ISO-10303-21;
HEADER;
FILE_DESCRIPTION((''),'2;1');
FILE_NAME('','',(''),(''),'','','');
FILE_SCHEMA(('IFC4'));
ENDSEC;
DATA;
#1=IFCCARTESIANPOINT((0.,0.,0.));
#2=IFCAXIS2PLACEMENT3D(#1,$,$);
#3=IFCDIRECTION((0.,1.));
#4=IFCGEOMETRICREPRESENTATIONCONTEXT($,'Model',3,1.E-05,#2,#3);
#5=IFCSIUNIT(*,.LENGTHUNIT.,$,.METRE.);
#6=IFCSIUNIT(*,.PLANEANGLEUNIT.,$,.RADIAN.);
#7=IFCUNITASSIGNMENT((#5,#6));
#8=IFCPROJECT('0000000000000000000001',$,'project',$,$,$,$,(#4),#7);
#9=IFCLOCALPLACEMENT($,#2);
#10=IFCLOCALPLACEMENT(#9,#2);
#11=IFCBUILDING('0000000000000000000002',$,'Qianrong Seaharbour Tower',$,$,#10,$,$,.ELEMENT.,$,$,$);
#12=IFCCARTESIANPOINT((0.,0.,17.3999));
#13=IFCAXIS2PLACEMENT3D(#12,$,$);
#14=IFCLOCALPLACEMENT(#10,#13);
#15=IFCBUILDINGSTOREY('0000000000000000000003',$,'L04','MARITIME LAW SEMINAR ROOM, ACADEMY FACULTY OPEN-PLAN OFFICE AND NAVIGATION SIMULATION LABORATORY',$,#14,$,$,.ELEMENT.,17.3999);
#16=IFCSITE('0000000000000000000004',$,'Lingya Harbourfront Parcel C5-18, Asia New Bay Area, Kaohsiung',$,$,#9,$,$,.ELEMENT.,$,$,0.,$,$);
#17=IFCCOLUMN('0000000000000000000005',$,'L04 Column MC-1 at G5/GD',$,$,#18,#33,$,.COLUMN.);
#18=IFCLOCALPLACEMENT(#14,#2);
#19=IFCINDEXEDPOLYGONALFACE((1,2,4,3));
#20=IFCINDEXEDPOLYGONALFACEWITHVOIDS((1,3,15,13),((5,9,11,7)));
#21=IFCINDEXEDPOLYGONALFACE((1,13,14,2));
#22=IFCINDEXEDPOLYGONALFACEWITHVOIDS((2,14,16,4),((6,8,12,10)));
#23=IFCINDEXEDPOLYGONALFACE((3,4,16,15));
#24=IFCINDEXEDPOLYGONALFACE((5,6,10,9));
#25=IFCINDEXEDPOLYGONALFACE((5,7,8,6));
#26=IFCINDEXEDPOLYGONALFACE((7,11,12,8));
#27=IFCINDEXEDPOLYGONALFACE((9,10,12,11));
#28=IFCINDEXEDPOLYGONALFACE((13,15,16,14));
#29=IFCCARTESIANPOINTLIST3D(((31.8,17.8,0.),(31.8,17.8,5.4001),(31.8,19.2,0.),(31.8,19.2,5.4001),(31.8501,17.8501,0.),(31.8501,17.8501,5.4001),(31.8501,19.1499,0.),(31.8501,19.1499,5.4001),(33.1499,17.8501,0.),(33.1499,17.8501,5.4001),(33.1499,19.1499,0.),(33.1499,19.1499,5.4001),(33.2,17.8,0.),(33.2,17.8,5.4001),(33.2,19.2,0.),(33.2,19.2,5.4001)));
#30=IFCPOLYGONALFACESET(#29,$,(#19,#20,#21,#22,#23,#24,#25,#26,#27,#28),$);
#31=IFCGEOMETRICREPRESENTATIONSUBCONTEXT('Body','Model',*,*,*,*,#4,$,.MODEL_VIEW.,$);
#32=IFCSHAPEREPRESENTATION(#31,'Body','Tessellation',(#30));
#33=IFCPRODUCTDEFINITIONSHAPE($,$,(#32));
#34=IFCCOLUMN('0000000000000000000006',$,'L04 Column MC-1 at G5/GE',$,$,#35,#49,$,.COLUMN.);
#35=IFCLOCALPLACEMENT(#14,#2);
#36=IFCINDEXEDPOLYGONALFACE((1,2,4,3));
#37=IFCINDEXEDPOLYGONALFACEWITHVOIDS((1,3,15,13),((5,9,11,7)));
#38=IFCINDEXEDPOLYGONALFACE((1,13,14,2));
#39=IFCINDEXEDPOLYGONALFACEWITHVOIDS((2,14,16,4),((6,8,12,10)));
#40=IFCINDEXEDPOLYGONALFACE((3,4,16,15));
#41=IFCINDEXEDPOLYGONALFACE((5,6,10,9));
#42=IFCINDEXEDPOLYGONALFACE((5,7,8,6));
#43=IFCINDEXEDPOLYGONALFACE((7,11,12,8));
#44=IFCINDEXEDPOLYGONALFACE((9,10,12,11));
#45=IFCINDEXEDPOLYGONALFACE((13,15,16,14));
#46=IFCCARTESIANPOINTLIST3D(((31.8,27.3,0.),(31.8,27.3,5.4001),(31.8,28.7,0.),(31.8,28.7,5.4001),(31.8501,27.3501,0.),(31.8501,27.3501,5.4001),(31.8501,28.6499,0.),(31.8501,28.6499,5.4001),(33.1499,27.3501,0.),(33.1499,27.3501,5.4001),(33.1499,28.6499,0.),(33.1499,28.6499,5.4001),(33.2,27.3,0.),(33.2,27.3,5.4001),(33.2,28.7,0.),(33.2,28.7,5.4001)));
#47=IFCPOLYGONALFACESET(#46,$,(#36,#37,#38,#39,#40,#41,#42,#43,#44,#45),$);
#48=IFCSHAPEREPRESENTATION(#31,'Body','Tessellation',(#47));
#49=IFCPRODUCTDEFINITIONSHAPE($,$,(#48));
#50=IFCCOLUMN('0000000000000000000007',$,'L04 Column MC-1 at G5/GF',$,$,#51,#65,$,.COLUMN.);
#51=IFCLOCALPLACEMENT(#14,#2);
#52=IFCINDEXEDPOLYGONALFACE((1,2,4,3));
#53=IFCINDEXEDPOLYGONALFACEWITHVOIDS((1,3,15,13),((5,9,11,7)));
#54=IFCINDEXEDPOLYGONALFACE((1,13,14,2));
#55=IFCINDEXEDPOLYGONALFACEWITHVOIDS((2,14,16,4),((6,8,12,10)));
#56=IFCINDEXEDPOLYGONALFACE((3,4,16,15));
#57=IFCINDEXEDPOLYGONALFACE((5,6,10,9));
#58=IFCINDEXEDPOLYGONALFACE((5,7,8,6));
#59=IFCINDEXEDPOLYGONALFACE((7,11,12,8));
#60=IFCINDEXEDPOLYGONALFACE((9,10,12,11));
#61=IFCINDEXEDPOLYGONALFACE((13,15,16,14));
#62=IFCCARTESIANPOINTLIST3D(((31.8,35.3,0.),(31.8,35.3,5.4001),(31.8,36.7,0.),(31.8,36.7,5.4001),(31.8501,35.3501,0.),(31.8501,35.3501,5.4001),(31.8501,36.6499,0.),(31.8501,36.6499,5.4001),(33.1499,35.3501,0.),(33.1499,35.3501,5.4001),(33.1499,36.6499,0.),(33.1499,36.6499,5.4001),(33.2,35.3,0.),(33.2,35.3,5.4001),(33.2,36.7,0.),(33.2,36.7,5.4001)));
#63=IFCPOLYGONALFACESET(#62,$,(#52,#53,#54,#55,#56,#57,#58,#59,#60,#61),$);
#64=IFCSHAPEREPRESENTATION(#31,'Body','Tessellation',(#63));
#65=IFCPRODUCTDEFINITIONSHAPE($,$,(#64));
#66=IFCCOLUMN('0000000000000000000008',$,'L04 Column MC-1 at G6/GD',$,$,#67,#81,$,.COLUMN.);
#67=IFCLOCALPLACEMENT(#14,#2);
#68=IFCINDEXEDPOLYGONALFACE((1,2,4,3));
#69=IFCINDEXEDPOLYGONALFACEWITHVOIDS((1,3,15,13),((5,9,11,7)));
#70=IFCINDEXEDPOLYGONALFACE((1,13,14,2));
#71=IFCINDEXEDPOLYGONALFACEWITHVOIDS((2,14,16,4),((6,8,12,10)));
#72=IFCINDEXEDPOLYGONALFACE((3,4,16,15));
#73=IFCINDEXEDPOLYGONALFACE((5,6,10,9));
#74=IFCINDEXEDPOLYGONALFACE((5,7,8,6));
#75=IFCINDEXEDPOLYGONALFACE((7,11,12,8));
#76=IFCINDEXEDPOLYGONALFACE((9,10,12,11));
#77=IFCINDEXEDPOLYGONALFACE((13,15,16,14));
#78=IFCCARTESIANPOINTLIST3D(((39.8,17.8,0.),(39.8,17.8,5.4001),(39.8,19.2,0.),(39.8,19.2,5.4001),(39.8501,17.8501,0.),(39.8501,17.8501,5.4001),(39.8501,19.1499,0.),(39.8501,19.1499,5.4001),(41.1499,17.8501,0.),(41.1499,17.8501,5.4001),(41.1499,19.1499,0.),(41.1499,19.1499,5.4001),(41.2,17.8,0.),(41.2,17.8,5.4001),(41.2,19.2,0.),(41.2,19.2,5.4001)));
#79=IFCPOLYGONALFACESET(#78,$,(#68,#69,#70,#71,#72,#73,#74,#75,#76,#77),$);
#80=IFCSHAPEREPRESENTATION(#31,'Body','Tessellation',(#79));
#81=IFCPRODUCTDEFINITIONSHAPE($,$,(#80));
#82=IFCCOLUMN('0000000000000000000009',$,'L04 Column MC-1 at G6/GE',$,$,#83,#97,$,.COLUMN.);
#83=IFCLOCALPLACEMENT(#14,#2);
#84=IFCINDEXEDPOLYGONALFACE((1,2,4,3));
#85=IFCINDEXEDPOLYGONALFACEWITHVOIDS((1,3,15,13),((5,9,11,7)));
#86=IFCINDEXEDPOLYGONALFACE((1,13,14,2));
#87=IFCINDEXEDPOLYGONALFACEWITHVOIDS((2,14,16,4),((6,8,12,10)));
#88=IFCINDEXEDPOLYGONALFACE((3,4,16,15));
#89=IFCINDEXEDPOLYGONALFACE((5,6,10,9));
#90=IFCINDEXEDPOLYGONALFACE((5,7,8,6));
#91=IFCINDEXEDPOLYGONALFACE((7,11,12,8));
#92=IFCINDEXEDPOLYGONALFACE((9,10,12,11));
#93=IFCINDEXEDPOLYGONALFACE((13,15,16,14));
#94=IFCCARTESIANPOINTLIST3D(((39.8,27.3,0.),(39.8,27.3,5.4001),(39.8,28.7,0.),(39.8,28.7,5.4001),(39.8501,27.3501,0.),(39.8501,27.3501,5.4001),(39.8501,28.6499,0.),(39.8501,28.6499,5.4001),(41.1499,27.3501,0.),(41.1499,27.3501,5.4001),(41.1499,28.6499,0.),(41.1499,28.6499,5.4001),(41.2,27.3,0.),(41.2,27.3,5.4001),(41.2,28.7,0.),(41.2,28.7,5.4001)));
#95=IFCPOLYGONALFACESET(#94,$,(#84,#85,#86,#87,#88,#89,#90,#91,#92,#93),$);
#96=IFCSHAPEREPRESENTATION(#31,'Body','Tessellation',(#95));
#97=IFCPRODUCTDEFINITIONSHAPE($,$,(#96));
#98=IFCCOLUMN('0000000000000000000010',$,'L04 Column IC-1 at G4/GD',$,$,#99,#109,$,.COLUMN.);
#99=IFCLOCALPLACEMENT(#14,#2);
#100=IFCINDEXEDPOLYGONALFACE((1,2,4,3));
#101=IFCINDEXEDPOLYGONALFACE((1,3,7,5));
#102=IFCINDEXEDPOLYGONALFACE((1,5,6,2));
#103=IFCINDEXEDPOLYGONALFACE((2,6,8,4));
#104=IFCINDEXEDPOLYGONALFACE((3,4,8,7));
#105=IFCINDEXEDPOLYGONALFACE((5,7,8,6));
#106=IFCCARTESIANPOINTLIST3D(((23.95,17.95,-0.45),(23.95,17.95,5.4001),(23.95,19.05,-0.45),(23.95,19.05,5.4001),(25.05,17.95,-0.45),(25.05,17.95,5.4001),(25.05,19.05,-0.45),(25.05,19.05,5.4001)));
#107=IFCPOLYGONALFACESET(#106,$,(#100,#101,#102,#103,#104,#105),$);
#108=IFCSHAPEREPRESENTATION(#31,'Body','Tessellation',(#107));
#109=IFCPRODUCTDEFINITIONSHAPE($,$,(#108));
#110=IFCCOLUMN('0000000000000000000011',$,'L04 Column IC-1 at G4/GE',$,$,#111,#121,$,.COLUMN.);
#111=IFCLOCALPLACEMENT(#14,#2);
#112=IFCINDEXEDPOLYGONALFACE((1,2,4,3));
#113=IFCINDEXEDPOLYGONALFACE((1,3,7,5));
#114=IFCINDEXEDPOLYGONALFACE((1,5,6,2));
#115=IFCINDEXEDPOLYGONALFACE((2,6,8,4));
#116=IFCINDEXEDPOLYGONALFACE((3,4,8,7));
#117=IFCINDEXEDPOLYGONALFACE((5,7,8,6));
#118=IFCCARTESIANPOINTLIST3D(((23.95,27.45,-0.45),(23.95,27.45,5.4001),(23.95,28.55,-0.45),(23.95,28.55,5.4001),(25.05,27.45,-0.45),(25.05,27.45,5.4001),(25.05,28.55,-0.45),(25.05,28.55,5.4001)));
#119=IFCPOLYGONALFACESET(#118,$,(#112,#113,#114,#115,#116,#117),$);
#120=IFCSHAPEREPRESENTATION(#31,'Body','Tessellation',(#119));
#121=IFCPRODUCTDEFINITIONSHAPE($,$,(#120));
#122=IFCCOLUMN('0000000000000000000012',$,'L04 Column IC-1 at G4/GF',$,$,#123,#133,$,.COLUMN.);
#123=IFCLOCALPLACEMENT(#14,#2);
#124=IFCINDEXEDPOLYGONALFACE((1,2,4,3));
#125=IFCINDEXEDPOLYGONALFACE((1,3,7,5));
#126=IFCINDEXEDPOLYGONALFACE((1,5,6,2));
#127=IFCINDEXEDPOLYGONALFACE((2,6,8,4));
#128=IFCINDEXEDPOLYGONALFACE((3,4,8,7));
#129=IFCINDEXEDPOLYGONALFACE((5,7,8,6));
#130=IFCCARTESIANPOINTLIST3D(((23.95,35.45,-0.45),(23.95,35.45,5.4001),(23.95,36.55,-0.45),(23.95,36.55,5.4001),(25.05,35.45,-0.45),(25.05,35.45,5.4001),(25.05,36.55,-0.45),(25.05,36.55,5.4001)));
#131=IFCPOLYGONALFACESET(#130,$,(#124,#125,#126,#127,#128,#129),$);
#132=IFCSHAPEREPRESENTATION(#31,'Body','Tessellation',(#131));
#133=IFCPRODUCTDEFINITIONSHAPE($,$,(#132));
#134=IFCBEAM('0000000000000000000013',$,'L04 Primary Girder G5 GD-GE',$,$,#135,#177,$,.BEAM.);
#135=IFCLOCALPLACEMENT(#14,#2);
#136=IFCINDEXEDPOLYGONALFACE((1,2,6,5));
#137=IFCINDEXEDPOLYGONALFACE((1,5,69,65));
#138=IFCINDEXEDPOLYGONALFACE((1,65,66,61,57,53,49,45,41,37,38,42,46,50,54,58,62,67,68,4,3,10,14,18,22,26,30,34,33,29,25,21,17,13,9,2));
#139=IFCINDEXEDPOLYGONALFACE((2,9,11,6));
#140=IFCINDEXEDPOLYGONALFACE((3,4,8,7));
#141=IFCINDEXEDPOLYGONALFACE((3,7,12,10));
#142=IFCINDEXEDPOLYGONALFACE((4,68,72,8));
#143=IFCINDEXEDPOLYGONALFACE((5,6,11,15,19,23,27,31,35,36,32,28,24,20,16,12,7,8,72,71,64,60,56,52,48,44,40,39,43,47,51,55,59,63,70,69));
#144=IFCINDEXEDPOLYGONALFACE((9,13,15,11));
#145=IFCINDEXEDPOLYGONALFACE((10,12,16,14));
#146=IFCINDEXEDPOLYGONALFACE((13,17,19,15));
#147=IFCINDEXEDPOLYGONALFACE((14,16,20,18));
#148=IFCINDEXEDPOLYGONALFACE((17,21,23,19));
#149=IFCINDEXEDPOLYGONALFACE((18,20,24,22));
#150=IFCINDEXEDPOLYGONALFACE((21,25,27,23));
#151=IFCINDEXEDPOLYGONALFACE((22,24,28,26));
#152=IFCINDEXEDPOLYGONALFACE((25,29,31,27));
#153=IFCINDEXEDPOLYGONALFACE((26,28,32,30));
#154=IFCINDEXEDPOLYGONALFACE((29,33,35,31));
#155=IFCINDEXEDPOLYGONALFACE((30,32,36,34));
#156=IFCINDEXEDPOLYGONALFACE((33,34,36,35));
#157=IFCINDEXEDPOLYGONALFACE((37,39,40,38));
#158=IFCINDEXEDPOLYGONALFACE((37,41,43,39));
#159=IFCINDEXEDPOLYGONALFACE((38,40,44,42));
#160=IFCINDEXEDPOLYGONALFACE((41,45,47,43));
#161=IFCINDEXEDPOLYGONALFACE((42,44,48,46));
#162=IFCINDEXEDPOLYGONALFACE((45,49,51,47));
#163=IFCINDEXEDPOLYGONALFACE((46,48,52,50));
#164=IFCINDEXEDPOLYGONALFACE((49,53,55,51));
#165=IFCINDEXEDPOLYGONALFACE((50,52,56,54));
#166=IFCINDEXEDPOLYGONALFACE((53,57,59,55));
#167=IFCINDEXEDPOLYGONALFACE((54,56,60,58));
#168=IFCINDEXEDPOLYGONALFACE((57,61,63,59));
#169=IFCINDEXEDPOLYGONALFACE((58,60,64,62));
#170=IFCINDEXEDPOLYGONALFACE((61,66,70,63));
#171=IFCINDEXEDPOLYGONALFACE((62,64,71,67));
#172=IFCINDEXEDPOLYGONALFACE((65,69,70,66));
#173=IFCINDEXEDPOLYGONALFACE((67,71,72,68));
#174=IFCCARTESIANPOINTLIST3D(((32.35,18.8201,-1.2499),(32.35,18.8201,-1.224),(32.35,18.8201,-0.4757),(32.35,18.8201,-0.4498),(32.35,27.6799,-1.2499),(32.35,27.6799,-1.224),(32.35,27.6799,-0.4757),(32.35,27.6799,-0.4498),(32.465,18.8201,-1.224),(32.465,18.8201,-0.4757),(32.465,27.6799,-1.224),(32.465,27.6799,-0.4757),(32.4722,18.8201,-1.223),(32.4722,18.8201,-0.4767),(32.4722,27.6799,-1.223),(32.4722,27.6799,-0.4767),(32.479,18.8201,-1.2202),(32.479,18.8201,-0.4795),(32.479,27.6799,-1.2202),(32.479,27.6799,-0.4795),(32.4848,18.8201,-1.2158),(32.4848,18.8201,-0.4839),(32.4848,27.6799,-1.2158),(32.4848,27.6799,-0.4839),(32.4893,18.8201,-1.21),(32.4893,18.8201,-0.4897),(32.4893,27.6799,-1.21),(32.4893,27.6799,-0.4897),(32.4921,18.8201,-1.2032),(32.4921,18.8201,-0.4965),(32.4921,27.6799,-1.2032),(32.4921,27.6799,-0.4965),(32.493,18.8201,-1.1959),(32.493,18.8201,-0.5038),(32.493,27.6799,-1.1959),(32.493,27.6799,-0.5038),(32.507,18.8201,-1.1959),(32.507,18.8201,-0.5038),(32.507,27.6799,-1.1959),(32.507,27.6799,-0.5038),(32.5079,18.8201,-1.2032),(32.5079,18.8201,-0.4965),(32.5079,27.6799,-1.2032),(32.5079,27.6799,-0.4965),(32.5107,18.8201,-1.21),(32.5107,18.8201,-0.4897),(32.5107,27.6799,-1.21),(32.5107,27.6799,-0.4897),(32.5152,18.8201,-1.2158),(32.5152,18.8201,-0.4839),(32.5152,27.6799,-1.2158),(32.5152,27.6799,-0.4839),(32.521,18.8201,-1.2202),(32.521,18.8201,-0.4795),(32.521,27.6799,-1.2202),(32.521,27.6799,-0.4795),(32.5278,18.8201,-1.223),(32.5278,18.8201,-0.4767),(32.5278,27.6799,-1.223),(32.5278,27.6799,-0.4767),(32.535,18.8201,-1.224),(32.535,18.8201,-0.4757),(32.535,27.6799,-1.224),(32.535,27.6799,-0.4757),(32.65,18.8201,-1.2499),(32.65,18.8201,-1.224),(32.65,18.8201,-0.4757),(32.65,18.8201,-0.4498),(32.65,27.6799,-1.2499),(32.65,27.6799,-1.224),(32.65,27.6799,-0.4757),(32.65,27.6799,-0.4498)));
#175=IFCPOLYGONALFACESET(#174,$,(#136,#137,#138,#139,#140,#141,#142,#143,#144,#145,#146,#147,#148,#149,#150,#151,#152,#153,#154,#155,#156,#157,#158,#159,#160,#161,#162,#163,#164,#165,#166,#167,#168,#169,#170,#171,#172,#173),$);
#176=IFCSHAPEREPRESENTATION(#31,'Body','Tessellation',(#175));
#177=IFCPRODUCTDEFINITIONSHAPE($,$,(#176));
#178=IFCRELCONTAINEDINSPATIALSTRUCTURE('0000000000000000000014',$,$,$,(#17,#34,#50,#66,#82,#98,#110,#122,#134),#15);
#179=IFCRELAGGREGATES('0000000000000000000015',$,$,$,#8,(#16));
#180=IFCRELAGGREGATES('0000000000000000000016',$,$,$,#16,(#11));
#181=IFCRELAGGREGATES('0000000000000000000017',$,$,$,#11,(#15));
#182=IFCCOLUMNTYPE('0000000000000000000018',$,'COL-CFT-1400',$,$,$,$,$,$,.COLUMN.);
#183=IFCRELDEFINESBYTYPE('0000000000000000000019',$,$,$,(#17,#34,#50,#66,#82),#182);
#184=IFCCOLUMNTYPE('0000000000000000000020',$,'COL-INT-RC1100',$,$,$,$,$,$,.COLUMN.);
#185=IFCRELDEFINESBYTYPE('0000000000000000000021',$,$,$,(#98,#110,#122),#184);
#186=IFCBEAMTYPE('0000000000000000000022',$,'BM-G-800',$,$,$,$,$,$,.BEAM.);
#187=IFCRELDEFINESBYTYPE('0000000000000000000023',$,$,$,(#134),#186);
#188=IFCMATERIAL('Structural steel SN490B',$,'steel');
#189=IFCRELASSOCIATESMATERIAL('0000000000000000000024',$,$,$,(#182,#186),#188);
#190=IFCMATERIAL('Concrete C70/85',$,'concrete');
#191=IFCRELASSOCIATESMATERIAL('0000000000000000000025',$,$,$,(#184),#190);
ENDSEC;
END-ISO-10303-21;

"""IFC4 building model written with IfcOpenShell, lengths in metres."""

from ifc_helpers import new_model, si_unit, direction, frame, origin, origin_2d, place, context, subcontext, project, spatial, rectangle, hollow_rectangle, i_section, extrude, material, material_profile, profile_set, type_object, element, save


model = new_model("IFC4")

# Units and contexts
model_context = context("Model", 3, precision=1e-05, world=origin(), true_north=direction((0.0, 1.0)))
body_context = subcontext(model_context, "Body", "Model", "MODEL_VIEW")
ifc_project = project(units=[si_unit("LENGTHUNIT", "METRE"), si_unit("PLANEANGLEUNIT", "RADIAN")], contexts=[model_context])

# Site, building, storey
site_placement = place(None, origin())
site = spatial("IfcSite", under=ifc_project, at=site_placement, Name="Lingya Harbourfront Parcel C5-18, Asia New Bay Area, Kaohsiung", CompositionType="ELEMENT", RefElevation=0.0)
building_placement = place(site_placement, origin())
building = spatial("IfcBuilding", under=site, at=building_placement, Name="Qianrong Seaharbour Tower", CompositionType="ELEMENT")
storey_placement = place(building_placement, frame((0.0, 0.0, 17.3999)))
storey = spatial("IfcBuildingStorey", under=building, at=storey_placement, Name="L04", Description="MARITIME LAW SEMINAR ROOM, ACADEMY FACULTY OPEN-PLAN OFFICE AND NAVIGATION SIMULATION LABORATORY", CompositionType="ELEMENT", Elevation=17.3999)

# Columns
ifc_material_1 = material(Name="Structural steel SN490B", Category="steel")
ifc_material_profile_1 = material_profile(ifc_material_1, hollow_rectangle(XDim=1.3999, YDim=1.3999, WallThickness=0.05, at=origin_2d()), Name="BOX1400x1400x50")
ifc_profile_set_1 = profile_set([ifc_material_profile_1], Name="Structural steel SN490B")
column_type_1 = type_object("IfcColumnType", Name="COL-CFT-1400", PredefinedType="COLUMN", material=ifc_profile_set_1)
for number, where, z_axis, x_axis, name in (
    (1, (32.5, 18.5, 0.0), (0.0, 0.0, 1.0), (1.0, 0.0, 0.0), "L04 Column MC-1 at G5/GD"),
    (2, (32.5, 28.0, 0.0), (0.0, 0.0, 1.0), (1.0, 0.0, 0.0), "L04 Column MC-1 at G5/GE"),
    (3, (32.5, 36.0, 0.0), (0.0, 0.0, 1.0), (1.0, 0.0, 0.0), "L04 Column MC-1 at G5/GF"),
    (4, (40.5, 18.5, 0.0), (0.0, 0.0, 1.0), (1.0, 0.0, 0.0), "L04 Column MC-1 at G6/GD"),
    (5, (40.5, 28.0, 0.0), (0.0, 0.0, 1.0), (1.0, 0.0, 0.0), "L04 Column MC-1 at G6/GE"),
):
    element("IfcColumn", number, at=place(storey_placement, frame(where, z_axis=z_axis, x_axis=x_axis)), inside=storey, type_object=column_type_1, Name=name, PredefinedType="COLUMN", context=body_context, shape_type="SweptSolid", body=[
        extrude(hollow_rectangle(XDim=1.3999, YDim=1.3999, WallThickness=0.05, at=origin_2d()), origin(), (0.0, 0.0, 1.0), 5.4001),
    ])
ifc_material_2 = material(Name="Concrete C70/85", Category="concrete")
ifc_material_profile_2 = material_profile(ifc_material_2, rectangle(XDim=1.1001, YDim=1.1001, at=origin_2d()), Name="RC1100x1100")
ifc_profile_set_2 = profile_set([ifc_material_profile_2], Name="Concrete C70/85")
column_type_2 = type_object("IfcColumnType", Name="COL-INT-RC1100", PredefinedType="COLUMN", material=ifc_profile_set_2)
for number, where, z_axis, x_axis, name in (
    (6, (24.5, 18.5, -0.45), (0.0, 0.0, 1.0), (1.0, 0.0, 0.0), "L04 Column IC-1 at G4/GD"),
    (7, (24.5, 28.0, -0.45), (0.0, 0.0, 1.0), (1.0, 0.0, 0.0), "L04 Column IC-1 at G4/GE"),
    (8, (24.5, 36.0, -0.45), (0.0, 0.0, 1.0), (1.0, 0.0, 0.0), "L04 Column IC-1 at G4/GF"),
):
    element("IfcColumn", number, at=place(storey_placement, frame(where, z_axis=z_axis, x_axis=x_axis)), inside=storey, type_object=column_type_2, Name=name, PredefinedType="COLUMN", context=body_context, shape_type="SweptSolid", body=[
        extrude(rectangle(XDim=1.1001, YDim=1.1001, at=origin_2d()), origin(), (0.0, 0.0, 1.0), 5.8501),
    ])

# Beam
ifc_material_profile_3 = material_profile(ifc_material_1, i_section(OverallWidth=0.3, OverallDepth=0.8, WebThickness=0.0139, FlangeThickness=0.0259, FilletRadius=0.0281, at=origin_2d()), Name="H800x300x14x26")
ifc_profile_set_3 = profile_set([ifc_material_profile_3], Name="Structural steel SN490B")
beam_type_1 = type_object("IfcBeamType", Name="BM-G-800", PredefinedType="BEAM", material=ifc_profile_set_3)
for number, where, z_axis, x_axis, name in (
    (9, (32.5, 18.8201, -0.8499), (0.0, 1.0, 0.0), (-1.0, 0.0, 0.0), "L04 Primary Girder G5 GD-GE"),
):
    element("IfcBeam", number, at=place(storey_placement, frame(where, z_axis=z_axis, x_axis=x_axis)), inside=storey, type_object=beam_type_1, Name=name, PredefinedType="BEAM", context=body_context, shape_type="SweptSolid", body=[
        extrude(i_section(OverallWidth=0.3, OverallDepth=0.8, WebThickness=0.0139, FlangeThickness=0.0259, FilletRadius=0.0281, at=origin_2d()), origin(), (0.0, 0.0, 1.0), 8.8599),
    ])

save(model, "model.ifc")
